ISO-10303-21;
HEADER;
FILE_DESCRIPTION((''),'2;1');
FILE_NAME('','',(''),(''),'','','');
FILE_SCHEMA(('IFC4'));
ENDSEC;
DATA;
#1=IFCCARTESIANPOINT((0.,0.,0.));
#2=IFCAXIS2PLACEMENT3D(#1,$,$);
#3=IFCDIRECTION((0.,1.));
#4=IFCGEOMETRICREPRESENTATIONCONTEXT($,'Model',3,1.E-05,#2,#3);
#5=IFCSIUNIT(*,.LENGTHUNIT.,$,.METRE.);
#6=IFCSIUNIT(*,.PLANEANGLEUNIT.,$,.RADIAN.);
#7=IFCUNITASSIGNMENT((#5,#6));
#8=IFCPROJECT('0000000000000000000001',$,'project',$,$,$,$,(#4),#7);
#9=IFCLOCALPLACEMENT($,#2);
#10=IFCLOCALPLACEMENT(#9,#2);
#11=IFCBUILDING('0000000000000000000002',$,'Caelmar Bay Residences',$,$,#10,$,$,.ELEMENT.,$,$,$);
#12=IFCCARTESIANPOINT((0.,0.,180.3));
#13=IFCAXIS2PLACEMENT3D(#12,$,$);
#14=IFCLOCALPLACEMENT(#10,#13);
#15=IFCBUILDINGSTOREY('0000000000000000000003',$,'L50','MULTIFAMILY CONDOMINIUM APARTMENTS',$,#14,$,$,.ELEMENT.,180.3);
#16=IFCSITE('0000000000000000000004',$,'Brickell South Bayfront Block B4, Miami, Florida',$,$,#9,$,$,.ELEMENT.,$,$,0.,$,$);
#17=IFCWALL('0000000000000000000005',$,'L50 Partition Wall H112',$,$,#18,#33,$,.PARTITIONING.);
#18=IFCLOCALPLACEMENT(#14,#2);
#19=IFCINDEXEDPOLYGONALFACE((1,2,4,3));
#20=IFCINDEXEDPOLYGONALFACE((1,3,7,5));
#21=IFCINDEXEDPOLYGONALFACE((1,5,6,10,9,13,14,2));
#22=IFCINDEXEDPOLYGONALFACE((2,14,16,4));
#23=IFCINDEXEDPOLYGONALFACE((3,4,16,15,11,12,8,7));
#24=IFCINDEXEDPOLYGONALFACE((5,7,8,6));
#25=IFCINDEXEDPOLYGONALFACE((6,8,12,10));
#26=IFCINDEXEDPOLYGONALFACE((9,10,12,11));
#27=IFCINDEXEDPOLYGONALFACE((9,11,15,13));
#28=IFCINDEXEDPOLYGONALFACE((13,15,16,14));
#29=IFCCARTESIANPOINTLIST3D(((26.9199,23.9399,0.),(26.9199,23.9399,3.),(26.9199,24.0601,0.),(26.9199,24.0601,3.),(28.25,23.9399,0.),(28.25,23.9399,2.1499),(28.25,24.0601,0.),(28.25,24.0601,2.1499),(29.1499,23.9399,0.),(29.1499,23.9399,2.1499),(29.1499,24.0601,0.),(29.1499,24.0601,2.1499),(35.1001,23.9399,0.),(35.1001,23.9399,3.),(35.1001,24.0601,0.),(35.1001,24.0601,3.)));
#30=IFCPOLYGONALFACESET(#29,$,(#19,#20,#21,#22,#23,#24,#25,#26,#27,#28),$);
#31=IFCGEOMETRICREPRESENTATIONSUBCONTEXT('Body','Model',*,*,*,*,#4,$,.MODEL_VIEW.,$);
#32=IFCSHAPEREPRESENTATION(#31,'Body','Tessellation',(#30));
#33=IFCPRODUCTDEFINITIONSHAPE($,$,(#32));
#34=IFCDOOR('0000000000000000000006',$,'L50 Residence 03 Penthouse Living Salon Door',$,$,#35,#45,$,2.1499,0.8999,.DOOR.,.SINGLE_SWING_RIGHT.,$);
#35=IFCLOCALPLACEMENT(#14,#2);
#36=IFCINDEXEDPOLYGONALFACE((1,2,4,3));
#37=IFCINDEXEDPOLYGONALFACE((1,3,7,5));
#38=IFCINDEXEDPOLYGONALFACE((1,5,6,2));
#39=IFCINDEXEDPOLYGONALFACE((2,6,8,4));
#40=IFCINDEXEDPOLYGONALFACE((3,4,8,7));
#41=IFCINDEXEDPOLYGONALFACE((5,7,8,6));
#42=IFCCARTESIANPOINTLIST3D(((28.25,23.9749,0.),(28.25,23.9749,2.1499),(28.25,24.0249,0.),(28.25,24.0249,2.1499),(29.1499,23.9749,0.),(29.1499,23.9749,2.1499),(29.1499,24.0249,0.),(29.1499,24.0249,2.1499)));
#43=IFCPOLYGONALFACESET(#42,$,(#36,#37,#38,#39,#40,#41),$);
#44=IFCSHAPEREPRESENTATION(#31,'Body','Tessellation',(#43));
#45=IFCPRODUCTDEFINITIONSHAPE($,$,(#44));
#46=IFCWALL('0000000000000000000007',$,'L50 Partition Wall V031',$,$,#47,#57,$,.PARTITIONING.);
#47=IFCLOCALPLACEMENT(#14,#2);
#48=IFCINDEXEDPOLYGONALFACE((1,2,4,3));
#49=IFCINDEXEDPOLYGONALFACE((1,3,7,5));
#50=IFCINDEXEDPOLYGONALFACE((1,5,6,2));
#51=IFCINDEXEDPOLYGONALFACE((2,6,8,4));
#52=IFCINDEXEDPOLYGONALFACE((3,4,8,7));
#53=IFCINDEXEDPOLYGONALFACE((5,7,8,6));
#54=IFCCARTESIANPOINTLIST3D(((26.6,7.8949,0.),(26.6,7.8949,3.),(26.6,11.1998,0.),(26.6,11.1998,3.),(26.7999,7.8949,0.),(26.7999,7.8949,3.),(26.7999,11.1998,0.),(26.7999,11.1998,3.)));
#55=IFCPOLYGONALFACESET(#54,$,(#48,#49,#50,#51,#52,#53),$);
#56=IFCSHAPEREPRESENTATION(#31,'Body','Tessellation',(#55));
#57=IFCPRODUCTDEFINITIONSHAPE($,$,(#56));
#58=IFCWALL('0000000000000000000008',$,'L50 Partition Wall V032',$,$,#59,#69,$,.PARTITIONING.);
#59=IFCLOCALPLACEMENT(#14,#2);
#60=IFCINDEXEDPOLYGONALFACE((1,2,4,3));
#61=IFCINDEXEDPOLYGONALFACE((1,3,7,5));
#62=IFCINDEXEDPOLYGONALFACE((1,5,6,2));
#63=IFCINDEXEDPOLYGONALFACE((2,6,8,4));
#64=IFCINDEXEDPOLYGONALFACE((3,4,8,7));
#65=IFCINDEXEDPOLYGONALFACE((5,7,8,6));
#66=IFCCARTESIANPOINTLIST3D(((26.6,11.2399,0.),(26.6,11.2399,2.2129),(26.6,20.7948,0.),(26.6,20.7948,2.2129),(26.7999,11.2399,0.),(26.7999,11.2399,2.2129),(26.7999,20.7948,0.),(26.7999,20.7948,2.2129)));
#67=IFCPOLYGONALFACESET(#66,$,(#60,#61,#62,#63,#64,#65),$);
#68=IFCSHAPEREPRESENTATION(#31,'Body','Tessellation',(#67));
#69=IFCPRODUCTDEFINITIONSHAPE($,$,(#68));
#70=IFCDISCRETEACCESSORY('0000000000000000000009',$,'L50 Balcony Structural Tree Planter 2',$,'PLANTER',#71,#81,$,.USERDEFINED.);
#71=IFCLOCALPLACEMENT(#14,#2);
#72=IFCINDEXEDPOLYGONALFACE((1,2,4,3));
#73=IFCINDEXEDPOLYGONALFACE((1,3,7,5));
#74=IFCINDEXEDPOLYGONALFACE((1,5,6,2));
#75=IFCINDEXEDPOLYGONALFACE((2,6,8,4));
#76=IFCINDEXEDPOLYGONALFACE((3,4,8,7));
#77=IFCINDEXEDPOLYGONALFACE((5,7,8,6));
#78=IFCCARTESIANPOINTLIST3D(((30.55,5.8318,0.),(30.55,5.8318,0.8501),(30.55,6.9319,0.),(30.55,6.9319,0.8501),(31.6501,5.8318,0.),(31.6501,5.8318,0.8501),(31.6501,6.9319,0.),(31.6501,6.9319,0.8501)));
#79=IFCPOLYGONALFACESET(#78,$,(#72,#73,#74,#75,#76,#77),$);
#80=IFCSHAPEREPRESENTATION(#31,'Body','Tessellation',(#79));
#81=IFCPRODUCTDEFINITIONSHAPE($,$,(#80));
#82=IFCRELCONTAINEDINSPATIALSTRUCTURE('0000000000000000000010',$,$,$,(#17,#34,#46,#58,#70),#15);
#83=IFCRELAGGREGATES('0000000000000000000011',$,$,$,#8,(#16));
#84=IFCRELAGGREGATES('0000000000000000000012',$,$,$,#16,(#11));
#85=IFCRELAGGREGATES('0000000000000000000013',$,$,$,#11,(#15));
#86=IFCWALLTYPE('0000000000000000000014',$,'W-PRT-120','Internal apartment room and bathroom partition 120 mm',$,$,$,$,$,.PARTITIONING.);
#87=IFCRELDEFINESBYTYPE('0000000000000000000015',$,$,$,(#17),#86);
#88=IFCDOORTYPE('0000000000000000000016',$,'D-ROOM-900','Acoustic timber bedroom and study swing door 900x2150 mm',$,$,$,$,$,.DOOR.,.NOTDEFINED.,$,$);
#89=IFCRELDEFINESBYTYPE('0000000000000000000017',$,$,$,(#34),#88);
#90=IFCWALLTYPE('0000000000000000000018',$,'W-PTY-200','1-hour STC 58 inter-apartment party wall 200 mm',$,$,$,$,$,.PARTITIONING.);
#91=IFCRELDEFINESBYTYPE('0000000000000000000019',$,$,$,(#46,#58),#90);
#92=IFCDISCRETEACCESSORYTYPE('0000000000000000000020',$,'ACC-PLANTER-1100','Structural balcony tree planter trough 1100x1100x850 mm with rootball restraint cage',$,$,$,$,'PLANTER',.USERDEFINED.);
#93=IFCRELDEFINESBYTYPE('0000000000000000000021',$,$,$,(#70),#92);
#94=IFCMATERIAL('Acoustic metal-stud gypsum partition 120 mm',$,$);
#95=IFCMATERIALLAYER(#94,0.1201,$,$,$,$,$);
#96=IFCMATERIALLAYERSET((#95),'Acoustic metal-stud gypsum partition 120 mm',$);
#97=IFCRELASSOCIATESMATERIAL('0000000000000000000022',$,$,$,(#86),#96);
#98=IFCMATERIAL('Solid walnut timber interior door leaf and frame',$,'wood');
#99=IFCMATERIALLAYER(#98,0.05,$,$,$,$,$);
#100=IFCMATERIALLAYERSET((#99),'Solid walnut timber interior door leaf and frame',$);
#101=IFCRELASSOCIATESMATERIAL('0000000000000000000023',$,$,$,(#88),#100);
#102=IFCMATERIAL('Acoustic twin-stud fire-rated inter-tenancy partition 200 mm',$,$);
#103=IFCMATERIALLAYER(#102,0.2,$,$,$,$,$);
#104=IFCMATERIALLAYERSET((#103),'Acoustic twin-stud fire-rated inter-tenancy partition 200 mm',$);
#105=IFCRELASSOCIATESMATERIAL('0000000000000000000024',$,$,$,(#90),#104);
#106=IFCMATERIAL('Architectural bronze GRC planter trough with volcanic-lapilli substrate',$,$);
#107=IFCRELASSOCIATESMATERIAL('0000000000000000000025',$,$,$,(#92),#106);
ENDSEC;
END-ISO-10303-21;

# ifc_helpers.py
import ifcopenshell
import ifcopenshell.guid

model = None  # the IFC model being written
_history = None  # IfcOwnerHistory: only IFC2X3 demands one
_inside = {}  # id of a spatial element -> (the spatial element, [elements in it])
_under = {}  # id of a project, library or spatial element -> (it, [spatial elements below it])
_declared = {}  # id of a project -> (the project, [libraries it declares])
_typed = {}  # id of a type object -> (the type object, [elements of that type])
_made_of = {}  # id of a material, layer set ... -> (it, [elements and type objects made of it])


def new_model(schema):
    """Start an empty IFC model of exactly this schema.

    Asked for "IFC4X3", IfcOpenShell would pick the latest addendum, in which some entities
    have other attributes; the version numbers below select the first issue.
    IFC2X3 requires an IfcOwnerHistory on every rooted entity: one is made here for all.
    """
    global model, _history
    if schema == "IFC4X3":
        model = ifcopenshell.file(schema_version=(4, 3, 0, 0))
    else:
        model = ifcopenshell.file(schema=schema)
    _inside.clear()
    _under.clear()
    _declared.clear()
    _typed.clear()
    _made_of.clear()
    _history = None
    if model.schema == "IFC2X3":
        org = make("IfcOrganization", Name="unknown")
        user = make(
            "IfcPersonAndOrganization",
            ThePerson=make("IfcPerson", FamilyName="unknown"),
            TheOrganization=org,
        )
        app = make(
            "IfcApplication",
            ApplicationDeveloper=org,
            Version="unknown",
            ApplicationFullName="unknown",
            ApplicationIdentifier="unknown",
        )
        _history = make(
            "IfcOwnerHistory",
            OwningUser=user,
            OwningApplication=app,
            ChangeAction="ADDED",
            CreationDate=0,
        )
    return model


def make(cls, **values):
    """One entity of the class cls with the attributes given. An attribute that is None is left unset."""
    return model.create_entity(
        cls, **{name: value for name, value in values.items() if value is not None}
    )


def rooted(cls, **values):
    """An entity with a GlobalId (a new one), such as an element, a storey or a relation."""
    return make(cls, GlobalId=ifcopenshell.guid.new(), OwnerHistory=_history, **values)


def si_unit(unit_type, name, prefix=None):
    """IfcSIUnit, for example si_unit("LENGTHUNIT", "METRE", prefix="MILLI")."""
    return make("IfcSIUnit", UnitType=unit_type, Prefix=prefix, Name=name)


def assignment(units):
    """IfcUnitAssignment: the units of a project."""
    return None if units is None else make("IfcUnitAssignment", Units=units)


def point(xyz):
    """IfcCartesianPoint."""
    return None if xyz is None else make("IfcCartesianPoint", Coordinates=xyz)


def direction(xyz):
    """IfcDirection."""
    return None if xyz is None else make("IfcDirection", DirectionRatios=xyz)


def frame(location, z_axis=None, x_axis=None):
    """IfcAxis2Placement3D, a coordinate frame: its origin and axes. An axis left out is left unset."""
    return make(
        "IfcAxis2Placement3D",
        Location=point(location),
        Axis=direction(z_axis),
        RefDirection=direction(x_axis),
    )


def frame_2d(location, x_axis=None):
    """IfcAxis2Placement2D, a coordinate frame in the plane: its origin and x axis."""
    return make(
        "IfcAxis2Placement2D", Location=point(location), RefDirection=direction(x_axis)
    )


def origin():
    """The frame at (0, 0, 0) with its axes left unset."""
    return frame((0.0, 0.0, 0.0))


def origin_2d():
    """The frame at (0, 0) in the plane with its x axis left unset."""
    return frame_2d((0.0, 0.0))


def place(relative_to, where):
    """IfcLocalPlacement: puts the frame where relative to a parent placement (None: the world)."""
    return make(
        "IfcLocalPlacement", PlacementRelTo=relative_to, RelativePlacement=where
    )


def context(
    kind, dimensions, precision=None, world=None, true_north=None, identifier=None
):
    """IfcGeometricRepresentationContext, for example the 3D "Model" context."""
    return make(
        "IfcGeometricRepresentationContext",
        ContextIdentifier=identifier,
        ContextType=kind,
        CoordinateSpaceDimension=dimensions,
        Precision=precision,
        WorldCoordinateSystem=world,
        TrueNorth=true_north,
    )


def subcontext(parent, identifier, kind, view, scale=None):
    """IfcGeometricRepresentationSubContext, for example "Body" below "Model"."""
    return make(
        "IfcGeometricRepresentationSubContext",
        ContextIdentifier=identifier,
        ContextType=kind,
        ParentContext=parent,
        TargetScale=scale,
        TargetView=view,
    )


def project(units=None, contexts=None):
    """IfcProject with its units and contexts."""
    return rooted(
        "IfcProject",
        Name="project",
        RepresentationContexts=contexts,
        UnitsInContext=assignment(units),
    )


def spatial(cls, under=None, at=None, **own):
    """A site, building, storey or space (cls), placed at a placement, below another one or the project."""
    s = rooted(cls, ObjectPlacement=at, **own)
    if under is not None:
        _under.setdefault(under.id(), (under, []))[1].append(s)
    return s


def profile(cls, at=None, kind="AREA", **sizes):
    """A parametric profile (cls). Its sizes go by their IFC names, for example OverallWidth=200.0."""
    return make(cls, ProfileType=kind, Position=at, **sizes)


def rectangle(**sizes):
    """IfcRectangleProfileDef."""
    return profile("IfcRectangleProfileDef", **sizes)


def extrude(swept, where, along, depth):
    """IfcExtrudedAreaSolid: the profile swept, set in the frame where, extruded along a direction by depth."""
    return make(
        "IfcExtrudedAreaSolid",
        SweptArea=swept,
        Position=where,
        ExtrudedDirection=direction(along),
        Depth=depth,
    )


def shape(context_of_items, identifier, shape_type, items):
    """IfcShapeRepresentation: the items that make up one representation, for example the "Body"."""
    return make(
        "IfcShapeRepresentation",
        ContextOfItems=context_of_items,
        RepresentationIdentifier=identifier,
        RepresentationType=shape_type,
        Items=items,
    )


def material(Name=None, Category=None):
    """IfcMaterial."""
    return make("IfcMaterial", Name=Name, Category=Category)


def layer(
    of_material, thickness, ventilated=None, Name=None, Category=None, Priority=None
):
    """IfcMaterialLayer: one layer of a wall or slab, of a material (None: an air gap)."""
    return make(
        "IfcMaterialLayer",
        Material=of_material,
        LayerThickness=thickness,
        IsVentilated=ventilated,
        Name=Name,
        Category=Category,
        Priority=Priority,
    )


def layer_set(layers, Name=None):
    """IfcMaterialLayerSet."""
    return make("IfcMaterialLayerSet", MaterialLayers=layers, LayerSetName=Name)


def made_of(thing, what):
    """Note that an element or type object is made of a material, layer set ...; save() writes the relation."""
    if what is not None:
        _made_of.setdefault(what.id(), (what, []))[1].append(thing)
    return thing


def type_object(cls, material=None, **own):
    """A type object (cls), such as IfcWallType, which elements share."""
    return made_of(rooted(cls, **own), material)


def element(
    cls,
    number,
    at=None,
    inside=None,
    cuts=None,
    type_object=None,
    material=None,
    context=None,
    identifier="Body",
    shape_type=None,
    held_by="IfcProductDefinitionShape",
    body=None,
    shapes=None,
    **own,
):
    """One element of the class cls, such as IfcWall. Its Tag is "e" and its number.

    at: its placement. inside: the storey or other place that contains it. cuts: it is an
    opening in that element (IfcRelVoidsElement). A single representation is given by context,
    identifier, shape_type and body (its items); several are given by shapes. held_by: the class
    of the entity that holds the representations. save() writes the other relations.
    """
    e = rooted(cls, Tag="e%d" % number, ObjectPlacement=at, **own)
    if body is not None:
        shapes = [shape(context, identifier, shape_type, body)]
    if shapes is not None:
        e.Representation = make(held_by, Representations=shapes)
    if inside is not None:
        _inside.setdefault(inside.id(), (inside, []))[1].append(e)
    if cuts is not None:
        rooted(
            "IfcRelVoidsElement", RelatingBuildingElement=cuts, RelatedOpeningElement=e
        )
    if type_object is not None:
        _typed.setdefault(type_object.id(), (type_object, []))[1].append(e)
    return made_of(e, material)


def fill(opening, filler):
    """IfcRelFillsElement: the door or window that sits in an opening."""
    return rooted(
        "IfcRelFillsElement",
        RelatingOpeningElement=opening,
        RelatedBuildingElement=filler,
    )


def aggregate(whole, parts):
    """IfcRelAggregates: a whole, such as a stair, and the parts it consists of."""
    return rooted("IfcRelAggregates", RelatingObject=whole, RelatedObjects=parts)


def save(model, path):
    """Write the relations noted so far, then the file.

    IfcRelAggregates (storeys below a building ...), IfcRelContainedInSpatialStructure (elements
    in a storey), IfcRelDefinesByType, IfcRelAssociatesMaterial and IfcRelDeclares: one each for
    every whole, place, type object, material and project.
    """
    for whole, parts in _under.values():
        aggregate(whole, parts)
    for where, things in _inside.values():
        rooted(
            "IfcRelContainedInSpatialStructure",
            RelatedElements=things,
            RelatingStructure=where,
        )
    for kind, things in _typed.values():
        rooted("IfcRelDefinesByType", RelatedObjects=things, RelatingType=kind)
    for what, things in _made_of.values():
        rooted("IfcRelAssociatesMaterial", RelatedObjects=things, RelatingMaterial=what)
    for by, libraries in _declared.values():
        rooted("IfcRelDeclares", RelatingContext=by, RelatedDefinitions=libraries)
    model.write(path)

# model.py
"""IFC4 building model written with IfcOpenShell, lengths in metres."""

from ifc_helpers import new_model, si_unit, direction, frame, frame_2d, origin, origin_2d, place, context, subcontext, project, spatial, rectangle, extrude, material, layer, layer_set, type_object, element, fill, save


model = new_model("IFC4")

# Units and contexts
model_context = context("Model", 3, precision=1e-05, world=origin(), true_north=direction((0.0, 1.0)))
body_context = subcontext(model_context, "Body", "Model", "MODEL_VIEW")
ifc_project = project(units=[si_unit("LENGTHUNIT", "METRE"), si_unit("PLANEANGLEUNIT", "RADIAN")], contexts=[model_context])

# Site, building, storey
site_placement = place(None, origin())
site = spatial("IfcSite", under=ifc_project, at=site_placement, Name="Brickell South Bayfront Block B4, Miami, Florida", CompositionType="ELEMENT", RefElevation=0.0)
building_placement = place(site_placement, origin())
building = spatial("IfcBuilding", under=site, at=building_placement, Name="Caelmar Bay Residences", CompositionType="ELEMENT")
storey_placement = place(building_placement, frame((0.0, 0.0, 180.3)))
storey = spatial("IfcBuildingStorey", under=building, at=storey_placement, Name="L50", Description="MULTIFAMILY CONDOMINIUM APARTMENTS", CompositionType="ELEMENT", Elevation=180.3)

# Shared definitions
ifc_material_1 = material(Name="Acoustic metal-stud gypsum partition 120 mm")
ifc_layer_1 = layer(ifc_material_1, 0.1201)
ifc_layer_set_1 = layer_set([ifc_layer_1], Name="Acoustic metal-stud gypsum partition 120 mm")
wall_type_1 = type_object("IfcWallType", Name="W-PRT-120", Description="Internal apartment room and bathroom partition 120 mm", PredefinedType="PARTITIONING", material=ifc_layer_set_1)

# Wall, opening, door
ifc_material_2 = material(Name="Solid walnut timber interior door leaf and frame", Category="wood")
ifc_layer_2 = layer(ifc_material_2, 0.05)
ifc_layer_set_2 = layer_set([ifc_layer_2], Name="Solid walnut timber interior door leaf and frame")
door_type = type_object("IfcDoorType", Name="D-ROOM-900", Description="Acoustic timber bedroom and study swing door 900x2150 mm", OperationType="NOTDEFINED", PredefinedType="DOOR", material=ifc_layer_set_2)
wall_1_placement = place(storey_placement, frame((26.9199, 24.0, 0.0), z_axis=(0.0, 0.0, 1.0), x_axis=(1.0, 0.0, 0.0)))
wall_1 = element("IfcWall", 1, at=wall_1_placement, inside=storey, type_object=wall_type_1, Name="L50 Partition Wall H112", PredefinedType="PARTITIONING", context=body_context, shape_type="SweptSolid", body=[
    extrude(rectangle(XDim=8.1802, YDim=0.1201, at=frame_2d((4.0901, 0.0))), origin(), (0.0, 0.0, 1.0), 3.0),
])
opening_1_placement = place(wall_1_placement, frame((1.3301, 0.0, 0.0)))
opening_1 = element("IfcOpeningElement", 2, at=opening_1_placement, cuts=wall_1, PredefinedType="OPENING", context=body_context, shape_type="SweptSolid", body=[
    extrude(rectangle(XDim=0.8999, YDim=2.1499, at=frame_2d((0.45, 1.075))), frame((0.0, 0.0701, 0.0), z_axis=(0.0, -1.0, 0.0), x_axis=(1.0, 0.0, 0.0)), (0.0, 0.0, 1.0), 0.1401),
])
door_1_placement = place(opening_1_placement, origin())
door_1 = element("IfcDoor", 3, at=door_1_placement, inside=storey, type_object=door_type, Name="L50 Residence 03 Penthouse Living Salon Door", OperationType="SINGLE_SWING_RIGHT", OverallHeight=2.1499, OverallWidth=0.8999, PredefinedType="DOOR", context=body_context, shape_type="SweptSolid", body=[
    extrude(rectangle(XDim=0.8999, YDim=2.1499, at=frame_2d((0.45, 1.075))), frame((0.0, 0.0249, 0.0), z_axis=(0.0, -1.0, 0.0), x_axis=(1.0, 0.0, 0.0)), (0.0, 0.0, 1.0), 0.05),
])
fill(opening_1, door_1)

# Walls
ifc_material_3 = material(Name="Acoustic twin-stud fire-rated inter-tenancy partition 200 mm")
ifc_layer_3 = layer(ifc_material_3, 0.2)
ifc_layer_set_3 = layer_set([ifc_layer_3], Name="Acoustic twin-stud fire-rated inter-tenancy partition 200 mm")
wall_type_2 = type_object("IfcWallType", Name="W-PTY-200", Description="1-hour STC 58 inter-apartment party wall 200 mm", PredefinedType="PARTITIONING", material=ifc_layer_set_3)
wall_2_placement = place(storey_placement, frame((26.7, 7.895, 0.0), z_axis=(0.0, 0.0, 1.0), x_axis=(0.0, 1.0, 0.0)))
element("IfcWall", 4, at=wall_2_placement, inside=storey, type_object=wall_type_2, Name="L50 Partition Wall V031", PredefinedType="PARTITIONING", context=body_context, shape_type="SweptSolid", body=[
    extrude(rectangle(XDim=3.3049, YDim=0.2, at=frame_2d((1.6523, 0.0))), origin(), (0.0, 0.0, 1.0), 3.0),
])
wall_3_placement = place(storey_placement, frame((26.7, 11.24, 0.0), z_axis=(0.0, 0.0, 1.0), x_axis=(0.0, 1.0, 0.0)))
element("IfcWall", 5, at=wall_3_placement, inside=storey, type_object=wall_type_2, Name="L50 Partition Wall V032", PredefinedType="PARTITIONING", context=body_context, shape_type="SweptSolid", body=[
    extrude(rectangle(XDim=9.5549, YDim=0.2, at=frame_2d((4.7773, 0.0))), origin(), (0.0, 0.0, 1.0), 2.2129),
])

# Discrete accessory
ifc_material_4 = material(Name="Architectural bronze GRC planter trough with volcanic-lapilli substrate")
discrete_accessory_type = type_object("IfcDiscreteAccessoryType", Name="ACC-PLANTER-1100", Description="Structural balcony tree planter trough 1100x1100x850 mm with rootball restraint cage", ElementType="PLANTER", PredefinedType="USERDEFINED", material=ifc_material_4)
discrete_accessory_placement = place(storey_placement, frame((31.1001, 6.3818, 0.0), z_axis=(0.0, 0.0, 1.0), x_axis=(1.0, 0.0, 0.0)))
element("IfcDiscreteAccessory", 6, at=discrete_accessory_placement, inside=storey, type_object=discrete_accessory_type, Name="L50 Balcony Structural Tree Planter 2", ObjectType="PLANTER", PredefinedType="USERDEFINED", context=body_context, shape_type="SweptSolid", body=[
    extrude(rectangle(XDim=1.1001, YDim=1.1001, at=origin_2d()), origin(), (0.0, 0.0, 1.0), 0.8501),
])

save(model, "model.ifc")
